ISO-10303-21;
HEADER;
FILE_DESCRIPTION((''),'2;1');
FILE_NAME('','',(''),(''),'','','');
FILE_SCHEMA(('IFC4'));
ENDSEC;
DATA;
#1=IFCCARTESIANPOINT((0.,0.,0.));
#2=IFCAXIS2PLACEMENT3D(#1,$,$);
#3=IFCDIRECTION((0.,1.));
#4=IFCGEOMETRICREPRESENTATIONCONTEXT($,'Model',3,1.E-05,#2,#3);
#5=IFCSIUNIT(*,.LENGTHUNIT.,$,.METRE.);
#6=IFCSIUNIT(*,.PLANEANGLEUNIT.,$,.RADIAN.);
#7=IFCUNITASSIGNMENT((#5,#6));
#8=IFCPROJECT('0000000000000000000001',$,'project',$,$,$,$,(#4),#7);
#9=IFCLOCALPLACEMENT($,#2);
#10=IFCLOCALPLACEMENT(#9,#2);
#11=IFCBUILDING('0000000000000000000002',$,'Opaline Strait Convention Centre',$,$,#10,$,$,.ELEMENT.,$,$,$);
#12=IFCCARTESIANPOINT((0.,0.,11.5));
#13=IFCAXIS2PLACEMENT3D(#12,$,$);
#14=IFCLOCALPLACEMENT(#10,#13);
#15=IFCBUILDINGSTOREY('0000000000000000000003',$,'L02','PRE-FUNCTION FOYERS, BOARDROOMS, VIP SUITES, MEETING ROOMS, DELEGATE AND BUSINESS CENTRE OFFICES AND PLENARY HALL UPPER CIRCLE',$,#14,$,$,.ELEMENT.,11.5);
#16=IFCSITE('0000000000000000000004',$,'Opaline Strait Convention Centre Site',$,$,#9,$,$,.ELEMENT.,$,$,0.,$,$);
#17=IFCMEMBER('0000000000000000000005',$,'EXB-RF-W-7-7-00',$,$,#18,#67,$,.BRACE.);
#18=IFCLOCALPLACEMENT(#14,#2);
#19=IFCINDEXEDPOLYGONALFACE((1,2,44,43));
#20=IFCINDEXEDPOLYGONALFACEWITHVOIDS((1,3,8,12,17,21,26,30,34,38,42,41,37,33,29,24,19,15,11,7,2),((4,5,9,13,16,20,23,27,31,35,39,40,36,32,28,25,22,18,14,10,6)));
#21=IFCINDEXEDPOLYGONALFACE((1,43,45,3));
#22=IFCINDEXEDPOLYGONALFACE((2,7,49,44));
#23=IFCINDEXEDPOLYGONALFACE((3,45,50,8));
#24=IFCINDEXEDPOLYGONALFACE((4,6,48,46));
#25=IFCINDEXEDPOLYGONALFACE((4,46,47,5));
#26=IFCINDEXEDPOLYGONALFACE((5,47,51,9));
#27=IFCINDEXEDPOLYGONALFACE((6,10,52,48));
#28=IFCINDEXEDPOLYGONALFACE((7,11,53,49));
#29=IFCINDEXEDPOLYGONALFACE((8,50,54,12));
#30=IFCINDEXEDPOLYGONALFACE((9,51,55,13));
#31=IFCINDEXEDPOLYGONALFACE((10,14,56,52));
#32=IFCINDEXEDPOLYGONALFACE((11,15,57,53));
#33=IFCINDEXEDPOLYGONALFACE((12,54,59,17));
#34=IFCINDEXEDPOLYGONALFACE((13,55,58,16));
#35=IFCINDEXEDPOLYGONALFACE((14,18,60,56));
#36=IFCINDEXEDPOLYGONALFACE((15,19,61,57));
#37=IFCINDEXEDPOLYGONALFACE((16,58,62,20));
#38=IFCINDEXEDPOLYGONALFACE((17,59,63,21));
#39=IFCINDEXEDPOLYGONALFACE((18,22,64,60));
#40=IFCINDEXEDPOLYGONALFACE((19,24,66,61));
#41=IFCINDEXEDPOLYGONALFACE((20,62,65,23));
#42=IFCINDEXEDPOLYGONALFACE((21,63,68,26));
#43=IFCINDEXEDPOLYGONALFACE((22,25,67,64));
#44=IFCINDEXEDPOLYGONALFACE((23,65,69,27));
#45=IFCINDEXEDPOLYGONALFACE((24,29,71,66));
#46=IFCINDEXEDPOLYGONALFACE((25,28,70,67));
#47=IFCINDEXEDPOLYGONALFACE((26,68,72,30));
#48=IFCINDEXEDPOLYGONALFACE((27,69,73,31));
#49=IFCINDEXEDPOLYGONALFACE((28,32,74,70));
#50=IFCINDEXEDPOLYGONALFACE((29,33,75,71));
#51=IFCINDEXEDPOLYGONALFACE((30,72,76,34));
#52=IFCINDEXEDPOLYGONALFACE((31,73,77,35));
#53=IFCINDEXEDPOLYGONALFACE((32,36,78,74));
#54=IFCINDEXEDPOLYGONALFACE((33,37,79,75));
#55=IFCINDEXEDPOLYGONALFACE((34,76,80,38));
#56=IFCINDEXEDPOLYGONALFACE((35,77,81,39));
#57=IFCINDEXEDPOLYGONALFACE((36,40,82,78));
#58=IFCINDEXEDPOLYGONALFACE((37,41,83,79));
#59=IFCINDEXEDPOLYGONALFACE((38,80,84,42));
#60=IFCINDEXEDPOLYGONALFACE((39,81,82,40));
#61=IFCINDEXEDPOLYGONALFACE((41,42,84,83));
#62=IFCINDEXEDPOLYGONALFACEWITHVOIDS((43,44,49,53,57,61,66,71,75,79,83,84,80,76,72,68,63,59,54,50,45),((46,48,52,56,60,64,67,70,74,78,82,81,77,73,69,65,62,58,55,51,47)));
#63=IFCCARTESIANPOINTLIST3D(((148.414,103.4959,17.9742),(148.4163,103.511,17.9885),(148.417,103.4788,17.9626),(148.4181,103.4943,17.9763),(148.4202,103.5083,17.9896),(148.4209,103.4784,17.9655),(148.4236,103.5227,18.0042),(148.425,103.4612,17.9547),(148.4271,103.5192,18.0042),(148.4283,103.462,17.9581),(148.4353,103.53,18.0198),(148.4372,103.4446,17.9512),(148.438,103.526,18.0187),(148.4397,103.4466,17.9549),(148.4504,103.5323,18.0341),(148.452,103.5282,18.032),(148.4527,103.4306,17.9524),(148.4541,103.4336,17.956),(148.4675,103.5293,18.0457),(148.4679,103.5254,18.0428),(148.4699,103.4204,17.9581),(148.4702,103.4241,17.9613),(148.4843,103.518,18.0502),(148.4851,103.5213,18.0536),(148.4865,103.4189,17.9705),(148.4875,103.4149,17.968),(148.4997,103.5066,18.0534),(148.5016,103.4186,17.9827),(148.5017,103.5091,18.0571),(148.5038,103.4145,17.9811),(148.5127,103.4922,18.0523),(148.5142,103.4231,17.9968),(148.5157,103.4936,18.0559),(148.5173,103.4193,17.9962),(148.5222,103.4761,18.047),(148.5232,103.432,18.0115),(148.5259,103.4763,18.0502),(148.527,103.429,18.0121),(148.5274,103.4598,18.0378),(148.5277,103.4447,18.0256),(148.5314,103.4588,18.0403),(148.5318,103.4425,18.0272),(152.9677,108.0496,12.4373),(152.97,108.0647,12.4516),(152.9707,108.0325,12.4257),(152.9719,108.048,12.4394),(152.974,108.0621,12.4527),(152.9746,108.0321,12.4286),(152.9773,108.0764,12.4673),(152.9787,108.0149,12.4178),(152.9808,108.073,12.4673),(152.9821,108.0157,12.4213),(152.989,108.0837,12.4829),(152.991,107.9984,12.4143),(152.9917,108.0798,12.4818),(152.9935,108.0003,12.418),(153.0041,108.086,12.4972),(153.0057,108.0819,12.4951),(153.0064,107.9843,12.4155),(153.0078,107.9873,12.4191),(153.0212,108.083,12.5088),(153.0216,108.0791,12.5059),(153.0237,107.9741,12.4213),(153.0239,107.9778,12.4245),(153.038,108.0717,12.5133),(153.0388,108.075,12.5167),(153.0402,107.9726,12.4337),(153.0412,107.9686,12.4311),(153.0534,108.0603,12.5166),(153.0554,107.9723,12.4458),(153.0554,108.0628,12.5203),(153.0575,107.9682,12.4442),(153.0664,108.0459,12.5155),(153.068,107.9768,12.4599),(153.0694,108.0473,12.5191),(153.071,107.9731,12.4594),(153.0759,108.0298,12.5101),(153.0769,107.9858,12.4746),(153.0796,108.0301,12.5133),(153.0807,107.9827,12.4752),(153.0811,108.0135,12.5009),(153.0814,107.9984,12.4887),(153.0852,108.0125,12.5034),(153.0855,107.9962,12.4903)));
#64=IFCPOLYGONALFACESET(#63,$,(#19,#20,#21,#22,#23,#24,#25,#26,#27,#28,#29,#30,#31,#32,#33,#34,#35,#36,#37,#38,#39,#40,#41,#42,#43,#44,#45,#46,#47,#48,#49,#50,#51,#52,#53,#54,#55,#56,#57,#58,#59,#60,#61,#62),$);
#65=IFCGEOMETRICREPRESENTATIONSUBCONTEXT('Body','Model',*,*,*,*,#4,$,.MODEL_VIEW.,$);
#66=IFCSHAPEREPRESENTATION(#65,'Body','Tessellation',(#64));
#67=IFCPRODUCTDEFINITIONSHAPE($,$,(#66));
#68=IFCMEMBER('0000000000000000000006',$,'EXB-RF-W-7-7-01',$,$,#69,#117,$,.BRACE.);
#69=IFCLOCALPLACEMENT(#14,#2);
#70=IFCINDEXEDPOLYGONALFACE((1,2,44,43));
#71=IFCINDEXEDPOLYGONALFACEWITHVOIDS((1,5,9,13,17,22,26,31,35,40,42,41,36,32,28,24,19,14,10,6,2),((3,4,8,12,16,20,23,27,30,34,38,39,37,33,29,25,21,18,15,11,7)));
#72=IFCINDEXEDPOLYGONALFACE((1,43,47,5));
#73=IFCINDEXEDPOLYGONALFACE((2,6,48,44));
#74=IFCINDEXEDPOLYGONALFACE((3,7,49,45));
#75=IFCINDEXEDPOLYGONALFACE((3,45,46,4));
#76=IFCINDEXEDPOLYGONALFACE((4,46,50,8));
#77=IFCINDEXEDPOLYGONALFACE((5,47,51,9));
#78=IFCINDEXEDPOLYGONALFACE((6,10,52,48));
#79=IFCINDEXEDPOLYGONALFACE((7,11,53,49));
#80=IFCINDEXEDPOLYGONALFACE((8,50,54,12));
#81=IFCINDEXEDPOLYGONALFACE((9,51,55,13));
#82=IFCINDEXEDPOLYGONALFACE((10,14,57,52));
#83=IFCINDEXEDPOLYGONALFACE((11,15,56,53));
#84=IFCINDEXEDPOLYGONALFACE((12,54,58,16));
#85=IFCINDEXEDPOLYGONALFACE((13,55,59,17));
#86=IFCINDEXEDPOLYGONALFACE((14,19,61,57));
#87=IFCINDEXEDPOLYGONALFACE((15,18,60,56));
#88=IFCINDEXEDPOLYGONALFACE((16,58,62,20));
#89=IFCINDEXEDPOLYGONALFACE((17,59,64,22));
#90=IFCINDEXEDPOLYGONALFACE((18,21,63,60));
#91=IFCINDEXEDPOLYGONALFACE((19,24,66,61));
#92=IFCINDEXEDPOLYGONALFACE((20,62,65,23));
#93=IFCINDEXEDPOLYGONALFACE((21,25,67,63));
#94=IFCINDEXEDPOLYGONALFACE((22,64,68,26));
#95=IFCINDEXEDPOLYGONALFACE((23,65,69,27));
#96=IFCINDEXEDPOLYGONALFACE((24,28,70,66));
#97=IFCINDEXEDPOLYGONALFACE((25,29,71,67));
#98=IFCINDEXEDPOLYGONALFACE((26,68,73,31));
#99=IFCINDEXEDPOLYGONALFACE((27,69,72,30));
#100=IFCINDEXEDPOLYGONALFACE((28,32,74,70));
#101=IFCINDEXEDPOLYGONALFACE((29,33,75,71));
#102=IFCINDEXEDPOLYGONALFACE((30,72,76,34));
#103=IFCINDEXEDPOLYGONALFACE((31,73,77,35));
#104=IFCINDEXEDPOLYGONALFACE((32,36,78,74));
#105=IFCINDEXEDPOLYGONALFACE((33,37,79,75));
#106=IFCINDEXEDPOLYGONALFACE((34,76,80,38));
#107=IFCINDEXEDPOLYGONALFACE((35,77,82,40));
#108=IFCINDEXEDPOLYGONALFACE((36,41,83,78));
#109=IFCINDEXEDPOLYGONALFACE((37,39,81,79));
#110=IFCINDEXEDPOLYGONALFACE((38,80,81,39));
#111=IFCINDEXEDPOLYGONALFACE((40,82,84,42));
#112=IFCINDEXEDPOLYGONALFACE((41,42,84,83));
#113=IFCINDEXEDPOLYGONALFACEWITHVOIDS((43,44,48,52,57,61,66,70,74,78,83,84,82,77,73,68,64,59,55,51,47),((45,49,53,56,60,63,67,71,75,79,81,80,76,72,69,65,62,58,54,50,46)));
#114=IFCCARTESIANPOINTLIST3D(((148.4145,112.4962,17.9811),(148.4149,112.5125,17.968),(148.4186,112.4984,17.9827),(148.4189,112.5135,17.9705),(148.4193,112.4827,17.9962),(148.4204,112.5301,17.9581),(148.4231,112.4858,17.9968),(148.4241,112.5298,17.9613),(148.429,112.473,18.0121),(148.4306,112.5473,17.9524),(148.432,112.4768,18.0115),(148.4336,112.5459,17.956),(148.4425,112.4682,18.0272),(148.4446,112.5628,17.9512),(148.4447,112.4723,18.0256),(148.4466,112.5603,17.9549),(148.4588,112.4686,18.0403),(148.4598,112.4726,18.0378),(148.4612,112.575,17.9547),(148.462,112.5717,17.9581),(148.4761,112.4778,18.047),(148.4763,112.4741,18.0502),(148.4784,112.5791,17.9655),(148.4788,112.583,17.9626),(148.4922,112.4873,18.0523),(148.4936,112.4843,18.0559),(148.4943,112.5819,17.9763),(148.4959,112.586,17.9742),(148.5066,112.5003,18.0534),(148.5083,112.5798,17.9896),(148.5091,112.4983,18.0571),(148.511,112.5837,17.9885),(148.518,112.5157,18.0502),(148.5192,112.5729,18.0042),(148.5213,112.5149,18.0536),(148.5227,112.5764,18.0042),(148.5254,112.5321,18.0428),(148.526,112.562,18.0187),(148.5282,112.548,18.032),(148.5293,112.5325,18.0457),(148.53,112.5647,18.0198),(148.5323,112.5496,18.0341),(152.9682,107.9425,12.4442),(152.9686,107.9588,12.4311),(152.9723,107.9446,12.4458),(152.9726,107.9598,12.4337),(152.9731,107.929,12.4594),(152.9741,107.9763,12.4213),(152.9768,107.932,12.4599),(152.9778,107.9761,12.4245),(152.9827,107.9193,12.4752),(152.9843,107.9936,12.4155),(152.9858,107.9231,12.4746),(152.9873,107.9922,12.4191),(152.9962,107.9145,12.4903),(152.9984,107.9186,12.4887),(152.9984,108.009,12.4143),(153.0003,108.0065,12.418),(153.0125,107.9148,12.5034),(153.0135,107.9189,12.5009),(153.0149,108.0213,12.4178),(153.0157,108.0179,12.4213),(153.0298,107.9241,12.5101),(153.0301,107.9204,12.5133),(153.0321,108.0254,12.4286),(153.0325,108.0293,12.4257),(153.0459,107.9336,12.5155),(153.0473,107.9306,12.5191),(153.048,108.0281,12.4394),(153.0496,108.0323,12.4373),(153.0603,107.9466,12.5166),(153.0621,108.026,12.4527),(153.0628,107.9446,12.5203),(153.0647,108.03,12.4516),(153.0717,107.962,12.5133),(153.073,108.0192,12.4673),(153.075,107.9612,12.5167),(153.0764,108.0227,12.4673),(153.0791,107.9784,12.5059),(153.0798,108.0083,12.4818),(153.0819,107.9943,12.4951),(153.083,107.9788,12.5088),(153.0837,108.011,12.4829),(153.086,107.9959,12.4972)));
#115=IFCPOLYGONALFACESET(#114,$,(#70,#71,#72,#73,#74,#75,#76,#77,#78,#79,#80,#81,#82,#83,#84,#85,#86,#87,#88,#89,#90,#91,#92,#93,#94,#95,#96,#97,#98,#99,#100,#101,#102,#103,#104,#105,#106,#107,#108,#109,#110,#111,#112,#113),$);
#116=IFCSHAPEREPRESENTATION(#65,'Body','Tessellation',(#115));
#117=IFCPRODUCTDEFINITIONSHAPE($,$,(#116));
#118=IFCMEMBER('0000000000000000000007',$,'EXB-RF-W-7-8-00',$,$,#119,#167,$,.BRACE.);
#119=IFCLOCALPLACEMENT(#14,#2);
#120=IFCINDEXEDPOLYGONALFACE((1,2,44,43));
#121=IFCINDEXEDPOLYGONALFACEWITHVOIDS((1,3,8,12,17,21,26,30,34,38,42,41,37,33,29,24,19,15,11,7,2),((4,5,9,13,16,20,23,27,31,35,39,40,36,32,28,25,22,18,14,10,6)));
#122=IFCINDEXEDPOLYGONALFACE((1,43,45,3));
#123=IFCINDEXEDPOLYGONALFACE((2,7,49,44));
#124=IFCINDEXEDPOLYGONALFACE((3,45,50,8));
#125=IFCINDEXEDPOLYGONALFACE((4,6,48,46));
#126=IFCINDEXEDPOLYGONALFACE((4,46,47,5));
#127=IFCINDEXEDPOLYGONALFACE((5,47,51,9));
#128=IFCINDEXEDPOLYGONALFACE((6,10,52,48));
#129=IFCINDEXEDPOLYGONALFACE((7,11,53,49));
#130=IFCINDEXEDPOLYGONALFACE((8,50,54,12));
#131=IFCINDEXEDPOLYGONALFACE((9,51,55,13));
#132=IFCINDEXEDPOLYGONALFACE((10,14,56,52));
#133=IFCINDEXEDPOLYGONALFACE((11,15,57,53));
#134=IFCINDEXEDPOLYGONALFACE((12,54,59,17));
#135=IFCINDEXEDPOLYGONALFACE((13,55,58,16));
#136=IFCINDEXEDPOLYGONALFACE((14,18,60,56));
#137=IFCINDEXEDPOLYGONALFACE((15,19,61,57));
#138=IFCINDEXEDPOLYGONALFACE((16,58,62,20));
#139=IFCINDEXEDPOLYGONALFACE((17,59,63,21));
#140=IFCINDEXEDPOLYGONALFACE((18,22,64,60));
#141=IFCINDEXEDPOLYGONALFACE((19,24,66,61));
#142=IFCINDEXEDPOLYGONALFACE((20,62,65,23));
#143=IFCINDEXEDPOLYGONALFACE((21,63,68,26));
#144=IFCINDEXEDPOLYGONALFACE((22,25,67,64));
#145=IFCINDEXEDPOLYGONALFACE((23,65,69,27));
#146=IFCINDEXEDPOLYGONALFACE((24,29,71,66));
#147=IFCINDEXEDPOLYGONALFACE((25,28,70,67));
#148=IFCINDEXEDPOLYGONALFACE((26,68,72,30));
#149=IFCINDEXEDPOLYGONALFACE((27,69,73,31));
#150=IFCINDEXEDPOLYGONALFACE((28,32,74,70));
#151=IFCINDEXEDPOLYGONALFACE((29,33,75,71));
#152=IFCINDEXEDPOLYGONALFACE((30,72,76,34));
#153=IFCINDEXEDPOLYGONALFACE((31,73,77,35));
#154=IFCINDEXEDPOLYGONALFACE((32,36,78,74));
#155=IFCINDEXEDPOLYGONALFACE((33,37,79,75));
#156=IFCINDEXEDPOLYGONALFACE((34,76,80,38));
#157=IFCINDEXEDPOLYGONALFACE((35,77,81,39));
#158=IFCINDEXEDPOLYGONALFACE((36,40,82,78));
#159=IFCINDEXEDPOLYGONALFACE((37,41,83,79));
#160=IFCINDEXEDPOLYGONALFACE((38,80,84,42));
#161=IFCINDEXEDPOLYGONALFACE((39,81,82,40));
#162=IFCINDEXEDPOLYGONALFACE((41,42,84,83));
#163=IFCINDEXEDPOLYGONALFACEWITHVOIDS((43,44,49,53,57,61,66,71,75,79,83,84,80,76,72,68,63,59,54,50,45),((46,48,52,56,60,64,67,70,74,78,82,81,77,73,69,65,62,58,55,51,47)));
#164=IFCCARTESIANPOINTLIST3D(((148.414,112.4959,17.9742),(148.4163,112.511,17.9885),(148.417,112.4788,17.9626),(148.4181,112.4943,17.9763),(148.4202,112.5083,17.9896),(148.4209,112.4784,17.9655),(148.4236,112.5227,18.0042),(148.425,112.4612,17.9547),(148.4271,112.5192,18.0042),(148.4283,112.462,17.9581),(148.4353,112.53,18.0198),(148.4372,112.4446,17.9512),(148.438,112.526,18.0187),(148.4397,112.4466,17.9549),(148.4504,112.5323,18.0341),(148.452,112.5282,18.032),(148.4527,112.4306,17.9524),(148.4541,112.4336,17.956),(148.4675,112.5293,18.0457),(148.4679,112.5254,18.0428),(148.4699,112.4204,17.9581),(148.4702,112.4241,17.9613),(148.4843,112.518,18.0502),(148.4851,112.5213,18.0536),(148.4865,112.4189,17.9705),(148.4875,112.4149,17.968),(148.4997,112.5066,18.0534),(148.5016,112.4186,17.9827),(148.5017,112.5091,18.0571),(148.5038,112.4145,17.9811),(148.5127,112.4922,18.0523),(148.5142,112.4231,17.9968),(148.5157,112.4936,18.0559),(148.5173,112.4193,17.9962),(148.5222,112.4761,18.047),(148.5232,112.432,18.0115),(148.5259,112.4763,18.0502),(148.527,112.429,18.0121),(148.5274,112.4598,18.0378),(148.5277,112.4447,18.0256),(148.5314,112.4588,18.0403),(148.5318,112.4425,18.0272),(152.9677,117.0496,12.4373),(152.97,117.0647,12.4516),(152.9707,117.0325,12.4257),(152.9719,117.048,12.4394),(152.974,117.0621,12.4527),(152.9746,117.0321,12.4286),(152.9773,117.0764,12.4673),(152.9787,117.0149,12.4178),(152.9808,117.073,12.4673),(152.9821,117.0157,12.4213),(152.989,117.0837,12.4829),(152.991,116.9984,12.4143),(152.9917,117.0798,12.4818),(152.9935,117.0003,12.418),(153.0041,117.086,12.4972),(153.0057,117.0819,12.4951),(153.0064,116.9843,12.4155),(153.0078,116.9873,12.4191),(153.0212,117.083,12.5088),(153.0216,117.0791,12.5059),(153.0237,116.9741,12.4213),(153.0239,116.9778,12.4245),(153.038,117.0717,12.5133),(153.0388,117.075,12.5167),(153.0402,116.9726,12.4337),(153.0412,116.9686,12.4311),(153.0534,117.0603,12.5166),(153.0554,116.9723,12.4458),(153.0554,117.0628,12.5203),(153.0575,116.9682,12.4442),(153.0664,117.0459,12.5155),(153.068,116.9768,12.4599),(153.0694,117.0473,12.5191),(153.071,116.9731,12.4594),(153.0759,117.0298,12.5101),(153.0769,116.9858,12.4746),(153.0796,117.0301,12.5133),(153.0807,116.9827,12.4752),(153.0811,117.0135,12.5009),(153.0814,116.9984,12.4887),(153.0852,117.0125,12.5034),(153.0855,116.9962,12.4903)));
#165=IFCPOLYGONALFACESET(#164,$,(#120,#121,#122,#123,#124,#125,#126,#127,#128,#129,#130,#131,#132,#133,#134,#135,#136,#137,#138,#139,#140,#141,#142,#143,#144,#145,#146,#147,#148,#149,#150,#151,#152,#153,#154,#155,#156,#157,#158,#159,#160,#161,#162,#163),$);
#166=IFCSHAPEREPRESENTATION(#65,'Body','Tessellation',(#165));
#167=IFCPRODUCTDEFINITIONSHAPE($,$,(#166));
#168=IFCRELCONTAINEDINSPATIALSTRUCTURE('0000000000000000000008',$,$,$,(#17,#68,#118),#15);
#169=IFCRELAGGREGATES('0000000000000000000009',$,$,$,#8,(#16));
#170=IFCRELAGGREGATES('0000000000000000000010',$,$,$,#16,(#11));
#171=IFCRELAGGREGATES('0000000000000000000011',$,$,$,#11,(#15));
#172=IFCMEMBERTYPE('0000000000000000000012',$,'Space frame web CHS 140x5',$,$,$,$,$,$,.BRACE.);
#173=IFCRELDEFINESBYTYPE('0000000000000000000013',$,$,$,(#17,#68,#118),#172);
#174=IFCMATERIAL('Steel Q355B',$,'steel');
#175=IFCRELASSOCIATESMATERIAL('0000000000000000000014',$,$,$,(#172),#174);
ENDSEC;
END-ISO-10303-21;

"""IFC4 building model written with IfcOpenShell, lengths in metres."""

from ifc_helpers import new_model, si_unit, direction, frame, origin, origin_2d, place, context, subcontext, project, spatial, hollow_circle, extrude, material, material_profile, profile_set, type_object, element, save


model = new_model("IFC4")

# Units and contexts
model_context = context("Model", 3, precision=1e-05, world=origin(), true_north=direction((0.0, 1.0)))
body_context = subcontext(model_context, "Body", "Model", "MODEL_VIEW")
ifc_project = project(units=[si_unit("LENGTHUNIT", "METRE"), si_unit("PLANEANGLEUNIT", "RADIAN")], contexts=[model_context])

# Site, building, storey
site_placement = place(None, origin())
site = spatial("IfcSite", under=ifc_project, at=site_placement, Name="Opaline Strait Convention Centre Site", CompositionType="ELEMENT", RefElevation=0.0)
building_placement = place(site_placement, origin())
building = spatial("IfcBuilding", under=site, at=building_placement, Name="Opaline Strait Convention Centre", CompositionType="ELEMENT")
storey_placement = place(building_placement, frame((0.0, 0.0, 11.5)))
storey = spatial("IfcBuildingStorey", under=building, at=storey_placement, Name="L02", Description="PRE-FUNCTION FOYERS, BOARDROOMS, VIP SUITES, MEETING ROOMS, DELEGATE AND BUSINESS CENTRE OFFICES AND PLENARY HALL UPPER CIRCLE", CompositionType="ELEMENT", Elevation=11.5)

# Members
ifc_material = material(Name="Steel Q355B", Category="steel")
ifc_material_profile_1 = material_profile(ifc_material, hollow_circle(Radius=0.0701, WallThickness=0.0049, at=origin_2d()), Name="CHS 140x5")
ifc_profile_set_1 = profile_set([ifc_material_profile_1], Name="Steel Q355B")
member_type_1 = type_object("IfcMemberType", Name="Space frame web CHS 140x5", PredefinedType="BRACE", material=ifc_profile_set_1)
for number, where, z_axis, x_axis, name in (
    (1, (148.4731, 103.4731, 18.0042), (0.536178, 0.536178, -0.65194), (-0.707107, 0.707107, 0.0), "EXB-RF-W-7-7-00"),
    (2, (148.4731, 112.5269, 18.0042), (0.536178, -0.536178, -0.65194), (0.707107, 0.707107, 0.0), "EXB-RF-W-7-7-01"),
    (3, (148.4731, 112.4731, 18.0042), (0.536178, 0.536178, -0.65194), (-0.707107, 0.707107, 0.0), "EXB-RF-W-7-8-00"),
):
    element("IfcMember", number, at=place(storey_placement, frame(where, z_axis=z_axis, x_axis=x_axis)), inside=storey, type_object=member_type_1, Name=name, PredefinedType="BRACE", context=body_context, shape_type="SweptSolid", body=[
        extrude(hollow_circle(Radius=0.0701, WallThickness=0.0049, at=origin_2d()), origin(), (0.0, 0.0, 1.0), 8.4929),
    ])

save(model, "model.ifc")
